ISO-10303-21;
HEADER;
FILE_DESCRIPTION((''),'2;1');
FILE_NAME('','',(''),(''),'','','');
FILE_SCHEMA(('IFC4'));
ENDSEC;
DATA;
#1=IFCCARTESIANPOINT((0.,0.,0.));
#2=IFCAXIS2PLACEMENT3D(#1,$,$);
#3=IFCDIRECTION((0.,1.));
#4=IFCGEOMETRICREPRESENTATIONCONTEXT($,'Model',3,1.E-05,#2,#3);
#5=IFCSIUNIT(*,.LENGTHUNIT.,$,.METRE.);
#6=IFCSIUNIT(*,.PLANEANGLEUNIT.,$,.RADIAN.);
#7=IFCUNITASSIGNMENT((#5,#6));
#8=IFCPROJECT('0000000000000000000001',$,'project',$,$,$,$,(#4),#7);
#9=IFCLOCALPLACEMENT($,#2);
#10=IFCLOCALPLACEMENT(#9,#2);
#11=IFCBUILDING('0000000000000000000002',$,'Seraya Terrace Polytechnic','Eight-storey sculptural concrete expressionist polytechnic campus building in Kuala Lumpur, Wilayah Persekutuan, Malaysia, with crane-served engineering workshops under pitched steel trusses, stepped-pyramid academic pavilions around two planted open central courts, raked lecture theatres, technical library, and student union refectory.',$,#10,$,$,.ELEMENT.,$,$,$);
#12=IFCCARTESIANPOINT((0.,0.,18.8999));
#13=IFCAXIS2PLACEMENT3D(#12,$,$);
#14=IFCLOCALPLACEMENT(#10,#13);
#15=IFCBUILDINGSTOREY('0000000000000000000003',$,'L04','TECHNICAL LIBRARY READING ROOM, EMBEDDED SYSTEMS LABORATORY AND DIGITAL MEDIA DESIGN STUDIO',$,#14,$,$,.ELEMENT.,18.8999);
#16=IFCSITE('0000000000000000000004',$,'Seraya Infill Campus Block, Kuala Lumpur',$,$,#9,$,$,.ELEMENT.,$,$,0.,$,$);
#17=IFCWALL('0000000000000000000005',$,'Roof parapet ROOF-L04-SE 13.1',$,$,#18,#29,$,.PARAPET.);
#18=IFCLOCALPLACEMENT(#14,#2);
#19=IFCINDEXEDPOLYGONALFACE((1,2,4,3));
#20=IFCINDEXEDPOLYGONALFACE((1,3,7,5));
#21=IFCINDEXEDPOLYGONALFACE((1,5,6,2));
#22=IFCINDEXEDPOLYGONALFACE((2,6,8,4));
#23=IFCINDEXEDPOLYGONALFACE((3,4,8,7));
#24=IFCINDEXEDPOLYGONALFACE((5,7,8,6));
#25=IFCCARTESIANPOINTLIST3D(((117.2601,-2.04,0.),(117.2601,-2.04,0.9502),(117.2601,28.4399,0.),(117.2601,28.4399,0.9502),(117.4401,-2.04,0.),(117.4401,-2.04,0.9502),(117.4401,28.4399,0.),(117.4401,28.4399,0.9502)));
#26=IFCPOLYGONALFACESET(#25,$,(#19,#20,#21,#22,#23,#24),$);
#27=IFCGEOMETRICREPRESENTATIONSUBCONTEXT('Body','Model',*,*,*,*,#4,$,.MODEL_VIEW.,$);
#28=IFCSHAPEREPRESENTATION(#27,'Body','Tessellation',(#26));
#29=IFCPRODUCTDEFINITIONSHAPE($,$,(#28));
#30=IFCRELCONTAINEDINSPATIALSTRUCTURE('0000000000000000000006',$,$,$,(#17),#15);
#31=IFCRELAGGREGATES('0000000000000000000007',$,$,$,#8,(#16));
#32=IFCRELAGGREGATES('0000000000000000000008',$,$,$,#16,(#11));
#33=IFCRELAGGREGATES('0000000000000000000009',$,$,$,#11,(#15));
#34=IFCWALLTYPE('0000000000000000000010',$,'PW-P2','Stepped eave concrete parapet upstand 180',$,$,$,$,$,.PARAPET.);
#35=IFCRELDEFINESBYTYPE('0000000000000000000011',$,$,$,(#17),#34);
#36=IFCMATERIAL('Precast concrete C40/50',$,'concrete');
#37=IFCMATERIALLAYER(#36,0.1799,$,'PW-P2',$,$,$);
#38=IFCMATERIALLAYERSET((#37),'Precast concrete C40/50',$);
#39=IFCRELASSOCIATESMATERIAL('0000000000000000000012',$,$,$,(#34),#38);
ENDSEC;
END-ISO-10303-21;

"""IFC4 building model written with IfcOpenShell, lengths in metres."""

from ifc_helpers import new_model, si_unit, direction, frame, frame_2d, origin, place, context, subcontext, project, spatial, rectangle, extrude, material, layer, layer_set, type_object, element, save


model = new_model("IFC4")

# Units and contexts
model_context = context("Model", 3, precision=1e-05, world=origin(), true_north=direction((0.0, 1.0)))
body_context = subcontext(model_context, "Body", "Model", "MODEL_VIEW")
ifc_project = project(units=[si_unit("LENGTHUNIT", "METRE"), si_unit("PLANEANGLEUNIT", "RADIAN")], contexts=[model_context])

# Site, building, storey
site_placement = place(None, origin())
site = spatial("IfcSite", under=ifc_project, at=site_placement, Name="Seraya Infill Campus Block, Kuala Lumpur", CompositionType="ELEMENT", RefElevation=0.0)
building_placement = place(site_placement, origin())
building = spatial("IfcBuilding", under=site, at=building_placement, Name="Seraya Terrace Polytechnic", Description="Eight-storey sculptural concrete expressionist polytechnic campus building in Kuala Lumpur, Wilayah Persekutuan, Malaysia, with crane-served engineering workshops under pitched steel trusses, stepped-pyramid academic pavilions around two planted open central courts, raked lecture theatres, technical library, and student union refectory.", CompositionType="ELEMENT")
storey_placement = place(building_placement, frame((0.0, 0.0, 18.8999)))
storey = spatial("IfcBuildingStorey", under=building, at=storey_placement, Name="L04", Description="TECHNICAL LIBRARY READING ROOM, EMBEDDED SYSTEMS LABORATORY AND DIGITAL MEDIA DESIGN STUDIO", CompositionType="ELEMENT", Elevation=18.8999)

# Shared definitions
ifc_material_1 = material(Name="Precast concrete C40/50", Category="concrete")

# Wall
ifc_layer_1 = layer(ifc_material_1, 0.1799, Name="PW-P2")
ifc_layer_set_1 = layer_set([ifc_layer_1], Name="Precast concrete C40/50")
wall_type_1 = type_object("IfcWallType", Name="PW-P2", Description="Stepped eave concrete parapet upstand 180", PredefinedType="PARAPET", material=ifc_layer_set_1)
wall_1_placement = place(storey_placement, frame((117.3501, 28.4399, 0.0), z_axis=(0.0, 0.0, 1.0), x_axis=(0.0, -1.0, 0.0)))
element("IfcWall", 1, at=wall_1_placement, inside=storey, type_object=wall_type_1, Name="Roof parapet ROOF-L04-SE 13.1", PredefinedType="PARAPET", context=body_context, shape_type="SweptSolid", body=[
    extrude(rectangle(XDim=30.48, YDim=0.1799, at=frame_2d((15.24, 0.0))), origin(), (0.0, 0.0, 1.0), 0.9502),
])

save(model, "model.ifc")
